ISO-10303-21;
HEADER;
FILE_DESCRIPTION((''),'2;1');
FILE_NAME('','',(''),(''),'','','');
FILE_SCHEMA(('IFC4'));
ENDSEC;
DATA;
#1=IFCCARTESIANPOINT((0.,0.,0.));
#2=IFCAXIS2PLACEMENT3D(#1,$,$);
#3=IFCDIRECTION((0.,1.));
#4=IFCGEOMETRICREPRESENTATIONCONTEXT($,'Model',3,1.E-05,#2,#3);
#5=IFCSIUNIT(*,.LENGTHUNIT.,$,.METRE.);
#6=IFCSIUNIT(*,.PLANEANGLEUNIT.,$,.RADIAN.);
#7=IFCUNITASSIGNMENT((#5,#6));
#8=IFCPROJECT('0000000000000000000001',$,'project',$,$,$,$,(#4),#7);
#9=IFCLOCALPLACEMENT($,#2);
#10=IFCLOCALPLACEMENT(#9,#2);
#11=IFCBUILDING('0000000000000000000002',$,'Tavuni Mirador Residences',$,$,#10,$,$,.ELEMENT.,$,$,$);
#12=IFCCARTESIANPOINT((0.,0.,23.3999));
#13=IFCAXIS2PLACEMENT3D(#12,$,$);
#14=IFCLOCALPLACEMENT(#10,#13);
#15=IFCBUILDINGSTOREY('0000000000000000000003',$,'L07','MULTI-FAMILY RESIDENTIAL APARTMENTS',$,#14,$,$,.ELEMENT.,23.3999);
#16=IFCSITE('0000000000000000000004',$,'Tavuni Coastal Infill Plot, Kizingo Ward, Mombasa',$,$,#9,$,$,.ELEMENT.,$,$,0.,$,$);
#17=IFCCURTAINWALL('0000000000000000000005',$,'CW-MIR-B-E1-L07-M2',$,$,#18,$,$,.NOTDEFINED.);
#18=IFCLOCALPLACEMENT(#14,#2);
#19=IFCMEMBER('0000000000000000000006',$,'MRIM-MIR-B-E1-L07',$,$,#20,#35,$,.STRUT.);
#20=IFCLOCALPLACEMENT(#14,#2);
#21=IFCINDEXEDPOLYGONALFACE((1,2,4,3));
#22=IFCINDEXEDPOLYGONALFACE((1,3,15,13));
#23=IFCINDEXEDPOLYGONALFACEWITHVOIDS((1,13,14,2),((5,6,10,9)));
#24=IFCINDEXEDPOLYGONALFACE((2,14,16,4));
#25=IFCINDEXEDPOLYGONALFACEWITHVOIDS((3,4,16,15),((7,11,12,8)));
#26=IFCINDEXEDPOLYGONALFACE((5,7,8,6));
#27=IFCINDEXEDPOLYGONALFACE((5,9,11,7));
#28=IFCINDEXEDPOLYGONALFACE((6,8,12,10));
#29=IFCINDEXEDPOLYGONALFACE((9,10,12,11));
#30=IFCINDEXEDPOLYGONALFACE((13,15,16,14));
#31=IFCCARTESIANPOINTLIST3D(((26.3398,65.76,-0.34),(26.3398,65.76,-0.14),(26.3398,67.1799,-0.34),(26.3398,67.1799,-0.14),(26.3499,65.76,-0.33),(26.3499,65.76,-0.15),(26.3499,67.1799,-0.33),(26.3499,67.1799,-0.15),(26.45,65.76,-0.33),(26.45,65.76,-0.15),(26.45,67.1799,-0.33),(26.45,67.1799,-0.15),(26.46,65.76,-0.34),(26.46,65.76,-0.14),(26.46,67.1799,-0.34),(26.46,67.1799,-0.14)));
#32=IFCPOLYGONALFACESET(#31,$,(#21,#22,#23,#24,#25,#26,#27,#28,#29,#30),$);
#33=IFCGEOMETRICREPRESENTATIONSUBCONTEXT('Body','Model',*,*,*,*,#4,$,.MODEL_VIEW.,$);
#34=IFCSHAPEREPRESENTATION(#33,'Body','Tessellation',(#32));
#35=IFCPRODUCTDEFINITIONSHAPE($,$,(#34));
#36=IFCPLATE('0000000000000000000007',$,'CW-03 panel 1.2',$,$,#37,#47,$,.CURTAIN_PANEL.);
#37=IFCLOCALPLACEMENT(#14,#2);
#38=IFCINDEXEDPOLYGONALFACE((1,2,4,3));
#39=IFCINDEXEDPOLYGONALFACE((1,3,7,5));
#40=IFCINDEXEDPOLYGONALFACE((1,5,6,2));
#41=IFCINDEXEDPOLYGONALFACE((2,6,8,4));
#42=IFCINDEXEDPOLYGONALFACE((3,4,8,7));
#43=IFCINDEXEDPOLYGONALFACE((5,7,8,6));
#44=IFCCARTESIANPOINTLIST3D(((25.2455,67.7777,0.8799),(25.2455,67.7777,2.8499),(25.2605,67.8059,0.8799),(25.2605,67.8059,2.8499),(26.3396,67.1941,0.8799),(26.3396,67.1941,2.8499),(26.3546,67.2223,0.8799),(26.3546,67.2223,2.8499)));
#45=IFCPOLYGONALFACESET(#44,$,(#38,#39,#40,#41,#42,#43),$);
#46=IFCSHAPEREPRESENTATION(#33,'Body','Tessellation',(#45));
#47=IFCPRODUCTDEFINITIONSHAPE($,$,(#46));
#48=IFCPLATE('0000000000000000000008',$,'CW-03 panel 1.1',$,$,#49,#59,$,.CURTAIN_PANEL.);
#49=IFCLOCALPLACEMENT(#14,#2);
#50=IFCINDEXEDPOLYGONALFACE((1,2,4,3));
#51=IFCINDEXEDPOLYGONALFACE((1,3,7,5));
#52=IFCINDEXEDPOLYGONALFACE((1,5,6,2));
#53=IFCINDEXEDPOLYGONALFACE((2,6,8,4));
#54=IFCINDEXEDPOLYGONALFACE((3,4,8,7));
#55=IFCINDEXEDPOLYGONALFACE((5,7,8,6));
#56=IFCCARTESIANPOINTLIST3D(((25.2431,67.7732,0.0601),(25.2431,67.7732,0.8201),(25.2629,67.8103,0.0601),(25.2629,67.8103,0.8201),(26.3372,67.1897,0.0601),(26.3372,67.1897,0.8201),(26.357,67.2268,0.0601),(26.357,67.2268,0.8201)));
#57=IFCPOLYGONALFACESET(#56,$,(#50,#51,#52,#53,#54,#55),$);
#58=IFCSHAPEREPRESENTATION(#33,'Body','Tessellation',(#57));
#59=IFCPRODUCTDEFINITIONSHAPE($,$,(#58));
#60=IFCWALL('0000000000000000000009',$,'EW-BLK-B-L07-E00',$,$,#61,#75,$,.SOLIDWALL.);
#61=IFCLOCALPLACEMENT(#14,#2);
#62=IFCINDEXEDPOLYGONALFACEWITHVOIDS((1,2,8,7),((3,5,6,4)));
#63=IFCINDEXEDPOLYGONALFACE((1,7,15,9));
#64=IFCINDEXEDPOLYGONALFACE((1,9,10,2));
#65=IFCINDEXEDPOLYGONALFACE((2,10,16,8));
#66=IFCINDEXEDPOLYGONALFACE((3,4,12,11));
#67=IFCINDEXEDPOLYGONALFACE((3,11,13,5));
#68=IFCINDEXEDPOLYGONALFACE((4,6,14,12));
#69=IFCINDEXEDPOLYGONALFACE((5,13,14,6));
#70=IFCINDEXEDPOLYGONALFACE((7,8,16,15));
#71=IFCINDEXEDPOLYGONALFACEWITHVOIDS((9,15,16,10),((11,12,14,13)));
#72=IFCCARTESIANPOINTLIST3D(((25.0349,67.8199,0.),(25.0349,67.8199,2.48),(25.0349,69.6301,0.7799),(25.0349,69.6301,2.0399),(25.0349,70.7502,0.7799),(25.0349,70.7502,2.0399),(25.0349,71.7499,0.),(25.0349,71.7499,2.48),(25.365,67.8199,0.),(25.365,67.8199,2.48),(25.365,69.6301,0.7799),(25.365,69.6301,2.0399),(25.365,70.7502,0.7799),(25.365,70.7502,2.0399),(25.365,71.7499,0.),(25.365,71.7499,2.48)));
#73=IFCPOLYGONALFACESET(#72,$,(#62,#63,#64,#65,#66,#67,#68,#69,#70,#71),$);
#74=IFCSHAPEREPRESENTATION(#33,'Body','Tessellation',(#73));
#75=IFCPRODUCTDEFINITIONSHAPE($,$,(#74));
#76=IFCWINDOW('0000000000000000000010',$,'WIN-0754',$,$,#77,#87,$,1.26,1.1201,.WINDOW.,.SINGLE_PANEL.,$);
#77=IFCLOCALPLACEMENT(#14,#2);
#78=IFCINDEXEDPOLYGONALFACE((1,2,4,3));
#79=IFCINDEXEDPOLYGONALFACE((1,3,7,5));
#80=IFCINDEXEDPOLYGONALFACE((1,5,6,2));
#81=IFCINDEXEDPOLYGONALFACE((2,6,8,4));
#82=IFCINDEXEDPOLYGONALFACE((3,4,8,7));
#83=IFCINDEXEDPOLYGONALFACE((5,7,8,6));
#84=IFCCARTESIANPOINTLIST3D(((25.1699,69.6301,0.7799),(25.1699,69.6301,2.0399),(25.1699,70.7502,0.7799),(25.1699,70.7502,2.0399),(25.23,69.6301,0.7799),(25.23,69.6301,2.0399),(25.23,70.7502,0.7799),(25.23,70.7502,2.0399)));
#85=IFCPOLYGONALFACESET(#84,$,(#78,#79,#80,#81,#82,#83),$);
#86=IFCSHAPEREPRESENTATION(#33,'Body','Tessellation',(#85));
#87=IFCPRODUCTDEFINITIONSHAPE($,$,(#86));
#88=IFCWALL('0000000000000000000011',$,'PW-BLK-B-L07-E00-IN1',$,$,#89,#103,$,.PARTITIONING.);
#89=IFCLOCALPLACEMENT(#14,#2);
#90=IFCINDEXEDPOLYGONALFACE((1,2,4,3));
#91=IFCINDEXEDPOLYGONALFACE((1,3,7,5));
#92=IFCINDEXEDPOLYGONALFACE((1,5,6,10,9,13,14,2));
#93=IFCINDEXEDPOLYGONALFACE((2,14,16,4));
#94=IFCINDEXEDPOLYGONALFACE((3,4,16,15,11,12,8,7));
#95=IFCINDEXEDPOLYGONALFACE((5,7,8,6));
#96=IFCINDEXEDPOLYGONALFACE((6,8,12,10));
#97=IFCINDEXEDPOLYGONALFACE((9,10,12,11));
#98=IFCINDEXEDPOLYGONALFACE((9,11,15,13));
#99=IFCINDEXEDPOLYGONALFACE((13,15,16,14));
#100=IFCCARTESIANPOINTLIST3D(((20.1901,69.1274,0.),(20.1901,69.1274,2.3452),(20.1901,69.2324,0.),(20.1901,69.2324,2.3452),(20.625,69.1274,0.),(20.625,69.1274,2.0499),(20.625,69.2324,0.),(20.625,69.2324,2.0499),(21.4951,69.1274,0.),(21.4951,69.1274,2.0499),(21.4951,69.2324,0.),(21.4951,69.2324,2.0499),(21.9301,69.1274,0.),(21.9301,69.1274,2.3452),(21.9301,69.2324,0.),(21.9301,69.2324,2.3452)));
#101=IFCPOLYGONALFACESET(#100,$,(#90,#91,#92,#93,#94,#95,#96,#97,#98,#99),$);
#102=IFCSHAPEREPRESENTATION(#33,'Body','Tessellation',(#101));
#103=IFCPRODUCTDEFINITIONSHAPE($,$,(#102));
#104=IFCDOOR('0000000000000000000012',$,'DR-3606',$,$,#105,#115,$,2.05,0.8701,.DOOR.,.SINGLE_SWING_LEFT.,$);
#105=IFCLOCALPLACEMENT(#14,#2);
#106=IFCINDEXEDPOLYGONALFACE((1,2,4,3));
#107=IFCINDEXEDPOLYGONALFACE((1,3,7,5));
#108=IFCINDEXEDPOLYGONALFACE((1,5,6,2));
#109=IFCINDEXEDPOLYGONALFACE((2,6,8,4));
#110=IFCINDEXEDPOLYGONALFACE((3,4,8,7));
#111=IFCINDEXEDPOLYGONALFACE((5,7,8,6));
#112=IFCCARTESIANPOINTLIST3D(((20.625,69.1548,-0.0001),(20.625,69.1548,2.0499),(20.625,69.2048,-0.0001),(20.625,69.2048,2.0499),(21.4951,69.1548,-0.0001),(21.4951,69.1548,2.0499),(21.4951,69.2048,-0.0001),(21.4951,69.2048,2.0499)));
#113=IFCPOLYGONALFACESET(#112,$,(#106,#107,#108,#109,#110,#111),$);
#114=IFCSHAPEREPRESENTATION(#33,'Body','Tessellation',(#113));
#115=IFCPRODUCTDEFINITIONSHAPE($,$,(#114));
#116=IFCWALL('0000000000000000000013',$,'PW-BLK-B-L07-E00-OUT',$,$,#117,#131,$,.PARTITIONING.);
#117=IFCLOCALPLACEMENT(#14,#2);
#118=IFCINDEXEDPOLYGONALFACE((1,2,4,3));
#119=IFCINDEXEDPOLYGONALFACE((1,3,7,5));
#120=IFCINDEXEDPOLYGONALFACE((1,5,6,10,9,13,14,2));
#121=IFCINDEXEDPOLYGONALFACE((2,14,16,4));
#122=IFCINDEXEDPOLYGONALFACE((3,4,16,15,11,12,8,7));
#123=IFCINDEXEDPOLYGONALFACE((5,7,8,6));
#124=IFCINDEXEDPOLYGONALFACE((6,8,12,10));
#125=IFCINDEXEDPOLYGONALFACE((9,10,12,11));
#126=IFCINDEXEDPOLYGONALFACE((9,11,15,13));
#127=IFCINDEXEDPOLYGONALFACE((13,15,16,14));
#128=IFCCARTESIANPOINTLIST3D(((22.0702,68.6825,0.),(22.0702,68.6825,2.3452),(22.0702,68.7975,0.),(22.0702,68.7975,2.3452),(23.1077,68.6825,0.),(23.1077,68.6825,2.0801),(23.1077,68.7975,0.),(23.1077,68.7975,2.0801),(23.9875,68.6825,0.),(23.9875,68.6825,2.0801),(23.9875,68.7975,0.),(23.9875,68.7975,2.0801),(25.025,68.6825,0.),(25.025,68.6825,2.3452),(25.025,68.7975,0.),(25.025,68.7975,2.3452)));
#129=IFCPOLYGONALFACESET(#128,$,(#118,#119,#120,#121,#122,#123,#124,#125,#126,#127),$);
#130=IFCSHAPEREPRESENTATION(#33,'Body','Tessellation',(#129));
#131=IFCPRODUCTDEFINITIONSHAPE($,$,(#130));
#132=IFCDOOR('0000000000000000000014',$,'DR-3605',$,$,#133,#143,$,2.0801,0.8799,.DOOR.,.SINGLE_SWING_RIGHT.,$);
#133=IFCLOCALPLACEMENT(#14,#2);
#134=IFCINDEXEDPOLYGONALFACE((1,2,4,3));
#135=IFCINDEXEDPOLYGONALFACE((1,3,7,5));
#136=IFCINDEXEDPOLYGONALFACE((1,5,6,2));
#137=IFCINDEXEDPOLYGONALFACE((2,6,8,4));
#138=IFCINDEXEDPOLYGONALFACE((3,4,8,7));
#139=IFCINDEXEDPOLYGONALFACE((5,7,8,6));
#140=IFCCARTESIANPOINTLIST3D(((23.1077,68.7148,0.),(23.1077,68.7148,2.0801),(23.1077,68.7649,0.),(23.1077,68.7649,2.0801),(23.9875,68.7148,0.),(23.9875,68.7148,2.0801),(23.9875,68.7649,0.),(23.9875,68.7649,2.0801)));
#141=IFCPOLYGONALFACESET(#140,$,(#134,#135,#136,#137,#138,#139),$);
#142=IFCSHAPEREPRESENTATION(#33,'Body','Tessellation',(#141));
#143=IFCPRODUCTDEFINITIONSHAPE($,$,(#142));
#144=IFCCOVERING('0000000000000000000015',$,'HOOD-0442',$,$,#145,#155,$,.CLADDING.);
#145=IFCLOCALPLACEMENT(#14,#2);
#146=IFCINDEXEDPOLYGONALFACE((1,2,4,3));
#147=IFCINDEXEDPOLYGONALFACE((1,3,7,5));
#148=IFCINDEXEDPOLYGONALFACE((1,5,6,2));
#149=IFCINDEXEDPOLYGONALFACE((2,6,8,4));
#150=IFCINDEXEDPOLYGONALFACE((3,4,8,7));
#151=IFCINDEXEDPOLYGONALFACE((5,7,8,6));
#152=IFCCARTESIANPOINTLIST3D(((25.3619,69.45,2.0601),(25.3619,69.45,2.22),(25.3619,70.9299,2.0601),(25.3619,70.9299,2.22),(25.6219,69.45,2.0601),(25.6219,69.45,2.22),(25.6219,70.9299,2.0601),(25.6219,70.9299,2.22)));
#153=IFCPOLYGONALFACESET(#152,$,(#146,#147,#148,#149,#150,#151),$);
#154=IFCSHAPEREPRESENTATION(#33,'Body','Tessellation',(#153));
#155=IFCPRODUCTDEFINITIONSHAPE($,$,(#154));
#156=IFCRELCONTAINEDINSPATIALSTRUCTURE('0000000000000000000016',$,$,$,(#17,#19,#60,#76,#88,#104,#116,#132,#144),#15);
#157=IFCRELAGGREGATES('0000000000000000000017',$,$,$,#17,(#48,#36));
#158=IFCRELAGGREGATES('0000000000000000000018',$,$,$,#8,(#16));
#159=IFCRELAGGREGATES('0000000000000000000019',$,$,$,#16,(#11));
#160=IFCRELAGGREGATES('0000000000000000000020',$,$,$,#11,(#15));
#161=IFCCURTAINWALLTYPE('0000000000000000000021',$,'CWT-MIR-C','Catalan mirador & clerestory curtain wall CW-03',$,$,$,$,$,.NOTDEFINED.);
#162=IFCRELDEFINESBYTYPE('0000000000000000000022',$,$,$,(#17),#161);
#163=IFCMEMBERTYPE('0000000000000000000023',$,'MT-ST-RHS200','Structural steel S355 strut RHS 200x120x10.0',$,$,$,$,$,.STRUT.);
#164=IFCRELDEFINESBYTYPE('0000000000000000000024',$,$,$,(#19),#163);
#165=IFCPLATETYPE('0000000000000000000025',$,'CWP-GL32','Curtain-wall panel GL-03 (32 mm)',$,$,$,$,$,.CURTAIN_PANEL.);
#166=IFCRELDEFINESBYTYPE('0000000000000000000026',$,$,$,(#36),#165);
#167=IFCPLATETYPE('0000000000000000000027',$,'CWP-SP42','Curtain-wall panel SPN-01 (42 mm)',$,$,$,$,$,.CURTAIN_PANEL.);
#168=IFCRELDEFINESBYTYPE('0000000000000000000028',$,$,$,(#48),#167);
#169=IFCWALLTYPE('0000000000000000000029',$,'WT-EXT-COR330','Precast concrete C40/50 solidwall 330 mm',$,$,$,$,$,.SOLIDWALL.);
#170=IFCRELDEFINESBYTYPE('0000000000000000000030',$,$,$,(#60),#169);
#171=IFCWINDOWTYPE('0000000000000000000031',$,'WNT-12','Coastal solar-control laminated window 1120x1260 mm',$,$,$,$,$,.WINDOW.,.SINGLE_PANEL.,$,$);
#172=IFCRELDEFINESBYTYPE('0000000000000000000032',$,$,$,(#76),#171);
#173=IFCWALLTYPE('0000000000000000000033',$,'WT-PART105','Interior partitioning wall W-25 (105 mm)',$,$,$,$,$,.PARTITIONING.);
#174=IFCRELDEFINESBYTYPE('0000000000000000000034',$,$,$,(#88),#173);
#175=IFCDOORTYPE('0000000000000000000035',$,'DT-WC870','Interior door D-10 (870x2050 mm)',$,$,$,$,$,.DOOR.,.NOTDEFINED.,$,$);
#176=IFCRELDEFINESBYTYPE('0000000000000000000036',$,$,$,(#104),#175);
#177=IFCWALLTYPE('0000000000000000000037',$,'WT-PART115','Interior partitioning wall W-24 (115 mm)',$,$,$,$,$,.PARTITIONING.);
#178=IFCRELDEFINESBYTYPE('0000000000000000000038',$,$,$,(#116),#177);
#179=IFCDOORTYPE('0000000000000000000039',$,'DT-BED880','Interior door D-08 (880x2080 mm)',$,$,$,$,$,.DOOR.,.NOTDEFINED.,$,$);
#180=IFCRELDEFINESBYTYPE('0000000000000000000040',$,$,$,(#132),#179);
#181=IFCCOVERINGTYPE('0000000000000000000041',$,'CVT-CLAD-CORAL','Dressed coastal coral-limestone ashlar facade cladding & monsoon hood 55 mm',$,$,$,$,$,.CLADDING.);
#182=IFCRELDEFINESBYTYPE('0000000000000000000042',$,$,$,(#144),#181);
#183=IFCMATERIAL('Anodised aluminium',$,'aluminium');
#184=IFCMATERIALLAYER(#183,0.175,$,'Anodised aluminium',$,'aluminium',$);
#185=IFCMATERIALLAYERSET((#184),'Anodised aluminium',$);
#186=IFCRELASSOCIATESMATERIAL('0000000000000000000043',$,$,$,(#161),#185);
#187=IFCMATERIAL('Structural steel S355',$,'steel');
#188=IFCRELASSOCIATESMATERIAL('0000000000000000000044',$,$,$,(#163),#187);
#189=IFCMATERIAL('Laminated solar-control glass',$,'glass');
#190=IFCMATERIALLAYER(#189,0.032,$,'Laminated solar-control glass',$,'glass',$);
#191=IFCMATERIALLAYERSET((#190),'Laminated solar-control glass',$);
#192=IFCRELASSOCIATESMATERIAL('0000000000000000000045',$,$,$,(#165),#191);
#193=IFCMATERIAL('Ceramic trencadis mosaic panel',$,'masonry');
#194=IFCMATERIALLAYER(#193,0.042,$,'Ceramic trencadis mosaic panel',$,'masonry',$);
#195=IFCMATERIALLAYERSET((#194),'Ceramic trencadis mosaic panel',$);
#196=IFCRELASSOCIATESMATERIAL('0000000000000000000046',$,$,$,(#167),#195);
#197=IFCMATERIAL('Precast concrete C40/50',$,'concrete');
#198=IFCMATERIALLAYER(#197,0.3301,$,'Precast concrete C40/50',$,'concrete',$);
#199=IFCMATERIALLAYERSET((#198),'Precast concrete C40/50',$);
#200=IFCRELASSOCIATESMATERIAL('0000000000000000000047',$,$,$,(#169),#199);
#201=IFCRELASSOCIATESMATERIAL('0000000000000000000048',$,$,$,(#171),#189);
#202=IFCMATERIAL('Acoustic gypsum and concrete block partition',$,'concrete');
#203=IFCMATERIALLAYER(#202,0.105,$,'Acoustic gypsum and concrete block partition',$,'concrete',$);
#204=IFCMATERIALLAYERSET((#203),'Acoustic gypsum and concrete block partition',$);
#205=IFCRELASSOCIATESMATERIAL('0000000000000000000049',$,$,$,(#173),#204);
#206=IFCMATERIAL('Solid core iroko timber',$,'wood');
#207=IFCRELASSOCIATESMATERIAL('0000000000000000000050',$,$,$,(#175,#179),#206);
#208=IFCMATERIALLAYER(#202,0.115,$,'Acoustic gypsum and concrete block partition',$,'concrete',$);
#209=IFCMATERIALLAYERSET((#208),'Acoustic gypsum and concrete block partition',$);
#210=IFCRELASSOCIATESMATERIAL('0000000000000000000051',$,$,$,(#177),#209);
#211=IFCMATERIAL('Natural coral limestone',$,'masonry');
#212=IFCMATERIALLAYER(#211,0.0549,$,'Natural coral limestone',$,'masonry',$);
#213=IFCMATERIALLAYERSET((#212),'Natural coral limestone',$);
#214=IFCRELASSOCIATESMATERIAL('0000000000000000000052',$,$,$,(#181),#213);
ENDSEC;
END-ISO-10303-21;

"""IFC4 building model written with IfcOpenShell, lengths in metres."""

from ifc_helpers import new_model, si_unit, direction, frame, frame_2d, origin, origin_2d, place, context, subcontext, project, spatial, rectangle, hollow_rectangle, extrude, material, layer, layer_set, material_profile, profile_set, type_object, element, fill, aggregate, save


model = new_model("IFC4")

# Units and contexts
model_context = context("Model", 3, precision=1e-05, world=origin(), true_north=direction((0.0, 1.0)))
body_context = subcontext(model_context, "Body", "Model", "MODEL_VIEW")
ifc_project = project(units=[si_unit("LENGTHUNIT", "METRE"), si_unit("PLANEANGLEUNIT", "RADIAN")], contexts=[model_context])

# Site, building, storey
site_placement = place(None, origin())
site = spatial("IfcSite", under=ifc_project, at=site_placement, Name="Tavuni Coastal Infill Plot, Kizingo Ward, Mombasa", CompositionType="ELEMENT", RefElevation=0.0)
building_placement = place(site_placement, origin())
building = spatial("IfcBuilding", under=site, at=building_placement, Name="Tavuni Mirador Residences", CompositionType="ELEMENT")
storey_placement = place(building_placement, frame((0.0, 0.0, 23.3999)))
storey = spatial("IfcBuildingStorey", under=building, at=storey_placement, Name="L07", Description="MULTI-FAMILY RESIDENTIAL APARTMENTS", CompositionType="ELEMENT", Elevation=23.3999)

# Shared definitions
ifc_material_1 = material(Name="Precast concrete C40/50", Category="concrete")

# Shared definitions
ifc_material_2 = material(Name="Anodised aluminium", Category="aluminium")

# Curtain wall
ifc_layer_1 = layer(ifc_material_2, 0.175, Name="Anodised aluminium", Category="aluminium")
ifc_layer_set_1 = layer_set([ifc_layer_1], Name="Anodised aluminium")
curtain_wall_type_1 = type_object("IfcCurtainWallType", Name="CWT-MIR-C", Description="Catalan mirador & clerestory curtain wall CW-03", PredefinedType="NOTDEFINED", material=ifc_layer_set_1)
curtain_wall_1_placement = place(storey_placement, origin())
curtain_wall_1 = element("IfcCurtainWall", 1, at=curtain_wall_1_placement, inside=storey, type_object=curtain_wall_type_1, Name="CW-MIR-B-E1-L07-M2", PredefinedType="NOTDEFINED")

# Member
ifc_material_3 = material(Name="Structural steel S355", Category="steel")
ifc_material_profile_1 = material_profile(ifc_material_3, hollow_rectangle(XDim=0.1201, YDim=0.2, WallThickness=0.01, at=origin_2d()), Name="RHS 200x120x10.0", Category="steel")
ifc_profile_set_1 = profile_set([ifc_material_profile_1], Name="Structural steel S355")
member_type_1 = type_object("IfcMemberType", Name="MT-ST-RHS200", Description="Structural steel S355 strut RHS 200x120x10.0", PredefinedType="STRUT", material=ifc_profile_set_1)
member_1_placement = place(storey_placement, frame((26.3999, 65.76, -0.24), z_axis=(0.0, 1.0, 0.0), x_axis=(-1.0, 0.0, 0.0)))
element("IfcMember", 2, at=member_1_placement, inside=storey, type_object=member_type_1, Name="MRIM-MIR-B-E1-L07", PredefinedType="STRUT", context=body_context, shape_type="SweptSolid", body=[
    extrude(hollow_rectangle(XDim=0.1201, YDim=0.2, WallThickness=0.01, at=origin_2d()), origin(), (0.0, 0.0, 1.0), 1.4199),
])

# Plates
ifc_material_4 = material(Name="Laminated solar-control glass", Category="glass")
ifc_layer_2 = layer(ifc_material_4, 0.032, Name="Laminated solar-control glass", Category="glass")
ifc_layer_set_2 = layer_set([ifc_layer_2], Name="Laminated solar-control glass")
plate_type_1 = type_object("IfcPlateType", Name="CWP-GL32", Description="Curtain-wall panel GL-03 (32 mm)", PredefinedType="CURTAIN_PANEL", material=ifc_layer_set_2)
plate_1_placement = place(storey_placement, frame((25.8, 67.5, 0.8799), z_axis=(0.0, 0.0, 1.0), x_axis=(-0.882353, 0.470588, 0.0)))
plate_1 = element("IfcPlate", 3, at=plate_1_placement, type_object=plate_type_1, Name="CW-03 panel 1.2", PredefinedType="CURTAIN_PANEL", context=body_context, shape_type="SweptSolid", body=[
    extrude(rectangle(XDim=1.24, YDim=0.032, at=origin_2d()), origin(), (0.0, 0.0, 1.0), 1.97),
])
ifc_material_5 = material(Name="Ceramic trencadis mosaic panel", Category="masonry")
ifc_layer_3 = layer(ifc_material_5, 0.042, Name="Ceramic trencadis mosaic panel", Category="masonry")
ifc_layer_set_3 = layer_set([ifc_layer_3], Name="Ceramic trencadis mosaic panel")
plate_type_2 = type_object("IfcPlateType", Name="CWP-SP42", Description="Curtain-wall panel SPN-01 (42 mm)", PredefinedType="CURTAIN_PANEL", material=ifc_layer_set_3)
plate_2_placement = place(storey_placement, frame((25.8, 67.5, 0.0601), z_axis=(0.0, 0.0, 1.0), x_axis=(-0.882353, 0.470588, 0.0)))
plate_2 = element("IfcPlate", 4, at=plate_2_placement, type_object=plate_type_2, Name="CW-03 panel 1.1", PredefinedType="CURTAIN_PANEL", context=body_context, shape_type="SweptSolid", body=[
    extrude(rectangle(XDim=1.24, YDim=0.042, at=origin_2d()), origin(), (0.0, 0.0, 1.0), 0.76),
])
aggregate(curtain_wall_1, [plate_2, plate_1])

# Wall, opening, window
ifc_layer_4 = layer(ifc_material_1, 0.3301, Name="Precast concrete C40/50", Category="concrete")
ifc_layer_set_4 = layer_set([ifc_layer_4], Name="Precast concrete C40/50")
wall_type_1 = type_object("IfcWallType", Name="WT-EXT-COR330", Description="Precast concrete C40/50 solidwall 330 mm", PredefinedType="SOLIDWALL", material=ifc_layer_set_4)
wall_1_placement = place(storey_placement, frame((25.2, 67.8201, 0.0), z_axis=(0.0, 0.0, 1.0), x_axis=(0.0, 1.0, 0.0)))
wall_1 = element("IfcWall", 5, at=wall_1_placement, inside=storey, type_object=wall_type_1, Name="EW-BLK-B-L07-E00", PredefinedType="SOLIDWALL", context=body_context, shape_type="SweptSolid", body=[
    extrude(rectangle(XDim=3.9299, YDim=0.3301, at=frame_2d((1.9648, 0.0))), origin(), (0.0, 0.0, 1.0), 2.48),
])
opening_1_placement = place(wall_1_placement, frame((1.8101, 0.0, 0.78)))
opening_1 = element("IfcOpeningElement", 6, at=opening_1_placement, cuts=wall_1, PredefinedType="OPENING", context=body_context, shape_type="SweptSolid", body=[
    extrude(rectangle(XDim=1.1201, YDim=1.26, at=frame_2d((0.5601, 0.6299))), frame((0.0, 0.175, 0.0), z_axis=(0.0, -1.0, 0.0), x_axis=(1.0, 0.0, 0.0)), (0.0, 0.0, 1.0), 0.3501),
])
window_type = type_object("IfcWindowType", Name="WNT-12", Description="Coastal solar-control laminated window 1120x1260 mm", PartitioningType="SINGLE_PANEL", PredefinedType="WINDOW", material=ifc_material_4)
window_placement = place(opening_1_placement, origin())
window = element("IfcWindow", 7, at=window_placement, inside=storey, type_object=window_type, Name="WIN-0754", OverallHeight=1.26, OverallWidth=1.1201, PartitioningType="SINGLE_PANEL", PredefinedType="WINDOW", context=body_context, shape_type="SweptSolid", body=[
    extrude(rectangle(XDim=1.1201, YDim=1.26, at=frame_2d((0.5601, 0.6299))), frame((0.0, 0.03, 0.0), z_axis=(0.0, -1.0, 0.0), x_axis=(1.0, 0.0, 0.0)), (0.0, 0.0, 1.0), 0.0601),
])
fill(opening_1, window)

# Walls, openings, doors
ifc_material_6 = material(Name="Acoustic gypsum and concrete block partition", Category="concrete")
ifc_layer_5 = layer(ifc_material_6, 0.105, Name="Acoustic gypsum and concrete block partition", Category="concrete")
ifc_layer_set_5 = layer_set([ifc_layer_5], Name="Acoustic gypsum and concrete block partition")
wall_type_2 = type_object("IfcWallType", Name="WT-PART105", Description="Interior partitioning wall W-25 (105 mm)", PredefinedType="PARTITIONING", material=ifc_layer_set_5)
wall_2_placement = place(storey_placement, frame((20.1899, 69.1799, 0.0), z_axis=(0.0, 0.0, 1.0), x_axis=(1.0, 0.0, 0.0)))
wall_2 = element("IfcWall", 8, at=wall_2_placement, inside=storey, type_object=wall_type_2, Name="PW-BLK-B-L07-E00-IN1", PredefinedType="PARTITIONING", context=body_context, shape_type="SweptSolid", body=[
    extrude(rectangle(XDim=1.74, YDim=0.105, at=frame_2d((0.8701, 0.0))), origin(), (0.0, 0.0, 1.0), 2.3452),
])
opening_2_placement = place(wall_2_placement, frame((0.4351, 0.0, 0.0)))
opening_2 = element("IfcOpeningElement", 9, at=opening_2_placement, cuts=wall_2, PredefinedType="OPENING", context=body_context, shape_type="SweptSolid", body=[
    extrude(rectangle(XDim=0.8701, YDim=2.05, at=frame_2d((0.4351, 1.0249))), frame((0.0, 0.0625, 0.0), z_axis=(0.0, -1.0, 0.0), x_axis=(1.0, 0.0, 0.0)), (0.0, 0.0, 1.0), 0.125),
])
ifc_material_7 = material(Name="Solid core iroko timber", Category="wood")
door_type_1 = type_object("IfcDoorType", Name="DT-WC870", Description="Interior door D-10 (870x2050 mm)", OperationType="NOTDEFINED", PredefinedType="DOOR", material=ifc_material_7)
door_1_placement = place(opening_2_placement, origin())
door_1 = element("IfcDoor", 10, at=door_1_placement, inside=storey, type_object=door_type_1, Name="DR-3606", OperationType="SINGLE_SWING_LEFT", OverallHeight=2.05, OverallWidth=0.8701, PredefinedType="DOOR", context=body_context, shape_type="SweptSolid", body=[
    extrude(rectangle(XDim=0.8701, YDim=2.05, at=frame_2d((0.4351, 1.0249))), frame((0.0, 0.0249, 0.0), z_axis=(0.0, -1.0, 0.0), x_axis=(1.0, 0.0, 0.0)), (0.0, 0.0, 1.0), 0.05),
])
fill(opening_2, door_1)
ifc_layer_6 = layer(ifc_material_6, 0.115, Name="Acoustic gypsum and concrete block partition", Category="concrete")
ifc_layer_set_6 = layer_set([ifc_layer_6], Name="Acoustic gypsum and concrete block partition")
wall_type_3 = type_object("IfcWallType", Name="WT-PART115", Description="Interior partitioning wall W-24 (115 mm)", PredefinedType="PARTITIONING", material=ifc_layer_set_6)
wall_3_placement = place(storey_placement, frame((22.0701, 68.74, 0.0), z_axis=(0.0, 0.0, 1.0), x_axis=(1.0, 0.0, 0.0)))
wall_3 = element("IfcWall", 11, at=wall_3_placement, inside=storey, type_object=wall_type_3, Name="PW-BLK-B-L07-E00-OUT", PredefinedType="PARTITIONING", context=body_context, shape_type="SweptSolid", body=[
    extrude(rectangle(XDim=2.9548, YDim=0.115, at=frame_2d((1.4775, 0.0))), origin(), (0.0, 0.0, 1.0), 2.3452),
])
opening_3_placement = place(wall_3_placement, frame((1.0376, 0.0, 0.0)))
opening_3 = element("IfcOpeningElement", 12, at=opening_3_placement, cuts=wall_3, PredefinedType="OPENING", context=body_context, shape_type="SweptSolid", body=[
    extrude(rectangle(XDim=0.8799, YDim=2.0801, at=frame_2d((0.4399, 1.04))), frame((0.0, 0.0674, 0.0), z_axis=(0.0, -1.0, 0.0), x_axis=(1.0, 0.0, 0.0)), (0.0, 0.0, 1.0), 0.135),
])
door_type_2 = type_object("IfcDoorType", Name="DT-BED880", Description="Interior door D-08 (880x2080 mm)", OperationType="NOTDEFINED", PredefinedType="DOOR", material=ifc_material_7)
door_2_placement = place(opening_3_placement, origin())
door_2 = element("IfcDoor", 13, at=door_2_placement, inside=storey, type_object=door_type_2, Name="DR-3605", OperationType="SINGLE_SWING_RIGHT", OverallHeight=2.0801, OverallWidth=0.8799, PredefinedType="DOOR", context=body_context, shape_type="SweptSolid", body=[
    extrude(rectangle(XDim=0.8799, YDim=2.0801, at=frame_2d((0.4399, 1.04))), frame((0.0, 0.0249, 0.0), z_axis=(0.0, -1.0, 0.0), x_axis=(1.0, 0.0, 0.0)), (0.0, 0.0, 1.0), 0.05),
])
fill(opening_3, door_2)

# Covering
ifc_material_8 = material(Name="Natural coral limestone", Category="masonry")
ifc_layer_7 = layer(ifc_material_8, 0.0549, Name="Natural coral limestone", Category="masonry")
ifc_layer_set_7 = layer_set([ifc_layer_7], Name="Natural coral limestone")
covering_type = type_object("IfcCoveringType", Name="CVT-CLAD-CORAL", Description="Dressed coastal coral-limestone ashlar facade cladding & monsoon hood 55 mm", PredefinedType="CLADDING", material=ifc_layer_set_7)
covering_placement = place(storey_placement, frame((25.4919, 70.1899, 2.0601), z_axis=(0.0, 0.0, 1.0), x_axis=(0.0, 1.0, 0.0)))
element("IfcCovering", 14, at=covering_placement, inside=storey, type_object=covering_type, Name="HOOD-0442", PredefinedType="CLADDING", context=body_context, shape_type="SweptSolid", body=[
    extrude(rectangle(XDim=1.48, YDim=0.26, at=origin_2d()), origin(), (0.0, 0.0, 1.0), 0.1599),
])

save(model, "model.ifc")
